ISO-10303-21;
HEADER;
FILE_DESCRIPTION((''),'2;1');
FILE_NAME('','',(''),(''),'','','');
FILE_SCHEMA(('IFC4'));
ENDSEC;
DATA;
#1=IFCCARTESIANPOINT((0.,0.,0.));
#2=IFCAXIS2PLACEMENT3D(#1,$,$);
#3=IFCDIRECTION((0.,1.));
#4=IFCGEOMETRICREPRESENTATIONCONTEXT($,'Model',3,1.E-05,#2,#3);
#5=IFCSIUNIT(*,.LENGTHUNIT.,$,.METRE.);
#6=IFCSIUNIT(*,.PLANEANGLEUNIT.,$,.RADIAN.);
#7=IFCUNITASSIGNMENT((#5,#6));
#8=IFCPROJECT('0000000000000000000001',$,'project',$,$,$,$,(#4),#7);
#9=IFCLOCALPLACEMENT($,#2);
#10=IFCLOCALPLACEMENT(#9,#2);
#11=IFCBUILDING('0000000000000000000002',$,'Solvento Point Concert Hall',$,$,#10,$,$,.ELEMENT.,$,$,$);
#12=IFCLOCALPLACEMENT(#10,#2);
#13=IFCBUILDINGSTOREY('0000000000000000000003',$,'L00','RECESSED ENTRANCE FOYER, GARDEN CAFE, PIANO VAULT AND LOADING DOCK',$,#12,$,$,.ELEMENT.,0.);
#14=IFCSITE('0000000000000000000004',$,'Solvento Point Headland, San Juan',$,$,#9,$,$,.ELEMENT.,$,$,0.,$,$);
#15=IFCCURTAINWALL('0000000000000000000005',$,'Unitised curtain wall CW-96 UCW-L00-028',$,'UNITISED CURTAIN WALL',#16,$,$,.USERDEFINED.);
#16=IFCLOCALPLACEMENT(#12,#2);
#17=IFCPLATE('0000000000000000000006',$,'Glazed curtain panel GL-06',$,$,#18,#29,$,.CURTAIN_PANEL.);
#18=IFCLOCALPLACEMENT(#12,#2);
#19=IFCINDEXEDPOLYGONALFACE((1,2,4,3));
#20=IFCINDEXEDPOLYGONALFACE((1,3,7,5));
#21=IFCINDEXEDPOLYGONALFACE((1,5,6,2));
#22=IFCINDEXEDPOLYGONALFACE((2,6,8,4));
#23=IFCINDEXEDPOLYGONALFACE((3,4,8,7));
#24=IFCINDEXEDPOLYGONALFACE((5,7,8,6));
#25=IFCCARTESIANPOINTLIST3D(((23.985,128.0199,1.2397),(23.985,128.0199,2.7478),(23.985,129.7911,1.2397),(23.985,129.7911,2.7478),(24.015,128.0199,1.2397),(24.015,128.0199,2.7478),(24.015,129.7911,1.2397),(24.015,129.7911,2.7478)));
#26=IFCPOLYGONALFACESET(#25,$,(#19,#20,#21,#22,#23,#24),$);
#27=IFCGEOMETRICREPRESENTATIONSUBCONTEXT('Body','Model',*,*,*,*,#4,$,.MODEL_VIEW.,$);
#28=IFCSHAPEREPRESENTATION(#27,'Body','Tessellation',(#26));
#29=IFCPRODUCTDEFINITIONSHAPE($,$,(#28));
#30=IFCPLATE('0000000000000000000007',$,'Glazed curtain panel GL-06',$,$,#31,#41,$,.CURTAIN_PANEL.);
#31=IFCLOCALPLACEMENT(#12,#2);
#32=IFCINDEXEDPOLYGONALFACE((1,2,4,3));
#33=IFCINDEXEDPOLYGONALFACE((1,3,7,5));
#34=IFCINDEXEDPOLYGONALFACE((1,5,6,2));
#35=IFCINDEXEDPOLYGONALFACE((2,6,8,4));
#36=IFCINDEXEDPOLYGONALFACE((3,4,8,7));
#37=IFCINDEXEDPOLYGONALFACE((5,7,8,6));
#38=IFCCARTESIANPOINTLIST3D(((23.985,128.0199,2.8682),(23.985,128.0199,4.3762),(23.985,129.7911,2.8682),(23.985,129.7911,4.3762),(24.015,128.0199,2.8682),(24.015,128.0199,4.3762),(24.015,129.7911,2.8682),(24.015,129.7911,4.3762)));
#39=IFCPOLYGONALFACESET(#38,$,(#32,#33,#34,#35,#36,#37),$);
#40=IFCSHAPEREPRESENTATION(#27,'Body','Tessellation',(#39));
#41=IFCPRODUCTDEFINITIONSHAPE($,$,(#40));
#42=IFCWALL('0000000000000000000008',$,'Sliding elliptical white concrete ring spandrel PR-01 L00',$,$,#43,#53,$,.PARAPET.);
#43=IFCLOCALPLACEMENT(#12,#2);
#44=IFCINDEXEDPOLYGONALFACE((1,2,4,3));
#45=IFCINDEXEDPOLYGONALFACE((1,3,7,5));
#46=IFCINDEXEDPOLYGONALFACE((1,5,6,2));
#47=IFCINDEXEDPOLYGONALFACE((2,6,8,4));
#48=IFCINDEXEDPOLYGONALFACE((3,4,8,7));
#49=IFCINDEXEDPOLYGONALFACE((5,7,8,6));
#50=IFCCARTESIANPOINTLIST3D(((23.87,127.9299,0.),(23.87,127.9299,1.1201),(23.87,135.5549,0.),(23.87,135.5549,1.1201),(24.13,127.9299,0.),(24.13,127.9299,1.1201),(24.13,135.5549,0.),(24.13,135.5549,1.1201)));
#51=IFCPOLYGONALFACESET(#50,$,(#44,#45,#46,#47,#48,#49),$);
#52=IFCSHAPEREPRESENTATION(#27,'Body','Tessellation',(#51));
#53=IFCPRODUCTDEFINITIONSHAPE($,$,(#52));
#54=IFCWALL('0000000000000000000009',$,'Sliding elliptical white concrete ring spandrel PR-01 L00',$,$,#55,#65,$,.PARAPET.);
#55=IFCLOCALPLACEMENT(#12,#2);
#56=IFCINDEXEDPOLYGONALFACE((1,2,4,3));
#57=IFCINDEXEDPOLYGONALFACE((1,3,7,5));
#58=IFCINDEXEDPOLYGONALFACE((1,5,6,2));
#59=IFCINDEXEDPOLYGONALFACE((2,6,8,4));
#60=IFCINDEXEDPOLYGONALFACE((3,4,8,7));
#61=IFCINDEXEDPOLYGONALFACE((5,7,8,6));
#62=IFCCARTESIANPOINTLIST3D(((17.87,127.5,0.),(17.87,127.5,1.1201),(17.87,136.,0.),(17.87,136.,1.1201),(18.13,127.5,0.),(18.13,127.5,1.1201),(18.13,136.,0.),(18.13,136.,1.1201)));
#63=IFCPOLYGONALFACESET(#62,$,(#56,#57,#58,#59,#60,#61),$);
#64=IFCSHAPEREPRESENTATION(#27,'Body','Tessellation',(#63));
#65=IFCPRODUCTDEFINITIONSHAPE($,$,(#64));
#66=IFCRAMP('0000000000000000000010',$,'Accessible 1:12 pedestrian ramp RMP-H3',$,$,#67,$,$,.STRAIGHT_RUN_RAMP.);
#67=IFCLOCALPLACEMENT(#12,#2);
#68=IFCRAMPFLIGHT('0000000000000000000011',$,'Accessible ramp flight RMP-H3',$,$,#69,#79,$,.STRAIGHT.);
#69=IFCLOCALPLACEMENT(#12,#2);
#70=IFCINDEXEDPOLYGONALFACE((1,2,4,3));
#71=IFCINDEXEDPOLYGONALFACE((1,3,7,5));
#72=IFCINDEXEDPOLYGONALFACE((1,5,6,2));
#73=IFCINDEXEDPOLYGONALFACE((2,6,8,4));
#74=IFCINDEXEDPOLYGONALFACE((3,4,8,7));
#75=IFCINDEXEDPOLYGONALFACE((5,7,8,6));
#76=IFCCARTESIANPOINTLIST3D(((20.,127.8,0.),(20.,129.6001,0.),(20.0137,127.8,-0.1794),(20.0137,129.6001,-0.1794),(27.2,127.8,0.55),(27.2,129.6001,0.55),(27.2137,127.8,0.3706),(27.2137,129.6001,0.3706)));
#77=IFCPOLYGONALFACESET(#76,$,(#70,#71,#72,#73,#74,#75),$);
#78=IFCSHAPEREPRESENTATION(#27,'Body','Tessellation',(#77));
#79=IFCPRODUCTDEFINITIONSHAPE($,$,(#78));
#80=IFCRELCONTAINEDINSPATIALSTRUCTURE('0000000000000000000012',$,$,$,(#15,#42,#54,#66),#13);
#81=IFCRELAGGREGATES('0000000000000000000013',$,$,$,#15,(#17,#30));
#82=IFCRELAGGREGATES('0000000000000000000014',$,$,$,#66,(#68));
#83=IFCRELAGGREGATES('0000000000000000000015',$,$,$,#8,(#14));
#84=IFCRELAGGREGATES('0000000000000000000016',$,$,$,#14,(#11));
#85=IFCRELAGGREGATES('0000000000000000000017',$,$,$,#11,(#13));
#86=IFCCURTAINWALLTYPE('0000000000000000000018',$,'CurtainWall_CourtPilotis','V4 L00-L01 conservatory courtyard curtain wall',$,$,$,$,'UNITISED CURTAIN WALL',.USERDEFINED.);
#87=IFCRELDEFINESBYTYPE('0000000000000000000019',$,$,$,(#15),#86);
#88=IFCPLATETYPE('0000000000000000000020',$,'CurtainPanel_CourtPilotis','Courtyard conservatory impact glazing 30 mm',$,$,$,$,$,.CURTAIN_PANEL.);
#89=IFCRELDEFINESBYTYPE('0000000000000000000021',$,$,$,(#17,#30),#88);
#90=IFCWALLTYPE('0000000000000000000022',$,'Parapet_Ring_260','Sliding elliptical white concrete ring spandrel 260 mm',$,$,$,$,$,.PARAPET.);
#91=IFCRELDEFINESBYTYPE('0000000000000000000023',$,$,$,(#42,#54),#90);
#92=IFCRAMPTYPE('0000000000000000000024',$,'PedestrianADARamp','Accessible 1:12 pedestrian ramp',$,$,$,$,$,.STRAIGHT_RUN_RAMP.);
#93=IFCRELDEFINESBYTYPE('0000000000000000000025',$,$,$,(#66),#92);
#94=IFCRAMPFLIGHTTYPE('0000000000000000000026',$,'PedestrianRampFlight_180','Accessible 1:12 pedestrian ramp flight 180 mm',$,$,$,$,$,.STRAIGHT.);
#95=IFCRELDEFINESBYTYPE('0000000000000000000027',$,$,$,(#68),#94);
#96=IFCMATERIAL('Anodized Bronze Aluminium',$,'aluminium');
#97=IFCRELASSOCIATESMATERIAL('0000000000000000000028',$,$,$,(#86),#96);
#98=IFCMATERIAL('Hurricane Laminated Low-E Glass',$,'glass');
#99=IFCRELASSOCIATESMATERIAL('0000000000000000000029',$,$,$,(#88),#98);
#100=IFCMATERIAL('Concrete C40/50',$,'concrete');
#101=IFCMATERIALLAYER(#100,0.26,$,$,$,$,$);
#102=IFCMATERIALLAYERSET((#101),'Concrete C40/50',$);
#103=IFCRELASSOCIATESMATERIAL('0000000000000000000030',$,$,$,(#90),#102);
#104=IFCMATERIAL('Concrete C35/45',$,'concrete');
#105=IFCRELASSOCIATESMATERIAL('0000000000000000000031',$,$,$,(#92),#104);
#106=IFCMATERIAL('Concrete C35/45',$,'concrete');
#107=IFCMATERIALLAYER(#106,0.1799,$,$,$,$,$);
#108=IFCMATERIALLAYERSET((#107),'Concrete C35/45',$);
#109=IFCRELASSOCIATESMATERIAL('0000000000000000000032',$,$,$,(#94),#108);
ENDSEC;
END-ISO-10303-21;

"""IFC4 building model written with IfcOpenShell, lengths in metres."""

from ifc_helpers import new_model, si_unit, direction, frame, frame_2d, origin, origin_2d, place, context, subcontext, project, spatial, polyline, rectangle, outline, extrude, material, layer, layer_set, type_object, element, aggregate, save


model = new_model("IFC4")

# Units and contexts
model_context = context("Model", 3, precision=1e-05, world=origin(), true_north=direction((0.0, 1.0)))
body_context = subcontext(model_context, "Body", "Model", "MODEL_VIEW")
ifc_project = project(units=[si_unit("LENGTHUNIT", "METRE"), si_unit("PLANEANGLEUNIT", "RADIAN")], contexts=[model_context])

# Site, building, storey
site_placement = place(None, origin())
site = spatial("IfcSite", under=ifc_project, at=site_placement, Name="Solvento Point Headland, San Juan", CompositionType="ELEMENT", RefElevation=0.0)
building_placement = place(site_placement, origin())
building = spatial("IfcBuilding", under=site, at=building_placement, Name="Solvento Point Concert Hall", CompositionType="ELEMENT")
storey_placement = place(building_placement, origin())
storey = spatial("IfcBuildingStorey", under=building, at=storey_placement, Name="L00", Description="RECESSED ENTRANCE FOYER, GARDEN CAFE, PIANO VAULT AND LOADING DOCK", CompositionType="ELEMENT", Elevation=0.0)

# Shared definitions
ifc_material_1 = material(Name="Anodized Bronze Aluminium", Category="aluminium")
curtain_wall_type = type_object("IfcCurtainWallType", Name="CurtainWall_CourtPilotis", Description="V4 L00-L01 conservatory courtyard curtain wall", ElementType="UNITISED CURTAIN WALL", PredefinedType="USERDEFINED", material=ifc_material_1)

# Curtain wall
curtain_wall_1_placement = place(storey_placement, origin())
curtain_wall_1 = element("IfcCurtainWall", 1, at=curtain_wall_1_placement, inside=storey, type_object=curtain_wall_type, Name="Unitised curtain wall CW-96 UCW-L00-028", ObjectType="UNITISED CURTAIN WALL", PredefinedType="USERDEFINED")

# Plates
ifc_material_2 = material(Name="Hurricane Laminated Low-E Glass", Category="glass")
plate_type = type_object("IfcPlateType", Name="CurtainPanel_CourtPilotis", Description="Courtyard conservatory impact glazing 30 mm", PredefinedType="CURTAIN_PANEL", material=ifc_material_2)
plate_1_placement = place(storey_placement, frame((24.0, 128.9055, 1.2397), z_axis=(0.0, 0.0, 1.0), x_axis=(0.0, 1.0, 0.0)))
plate_1 = element("IfcPlate", 2, at=plate_1_placement, type_object=plate_type, Name="Glazed curtain panel GL-06", PredefinedType="CURTAIN_PANEL", context=body_context, shape_type="SweptSolid", body=[
    extrude(rectangle(XDim=1.7712, YDim=0.03, at=origin_2d()), origin(), (0.0, 0.0, 1.0), 1.5081),
])
plate_2_placement = place(storey_placement, frame((24.0, 128.9055, 2.8682), z_axis=(0.0, 0.0, 1.0), x_axis=(0.0, 1.0, 0.0)))
plate_2 = element("IfcPlate", 3, at=plate_2_placement, type_object=plate_type, Name="Glazed curtain panel GL-06", PredefinedType="CURTAIN_PANEL", context=body_context, shape_type="SweptSolid", body=[
    extrude(rectangle(XDim=1.7712, YDim=0.03, at=origin_2d()), origin(), (0.0, 0.0, 1.0), 1.5081),
])
aggregate(curtain_wall_1, [plate_1, plate_2])

# Walls
ifc_material_3 = material(Name="Concrete C40/50", Category="concrete")
ifc_layer_1 = layer(ifc_material_3, 0.26)
ifc_layer_set_1 = layer_set([ifc_layer_1], Name="Concrete C40/50")
wall_type = type_object("IfcWallType", Name="Parapet_Ring_260", Description="Sliding elliptical white concrete ring spandrel 260 mm", PredefinedType="PARAPET", material=ifc_layer_set_1)
wall_1_placement = place(storey_placement, frame((24.0, 127.9299, 0.0), z_axis=(0.0, 0.0, 1.0), x_axis=(0.0, 1.0, 0.0)))
element("IfcWall", 4, at=wall_1_placement, inside=storey, type_object=wall_type, Name="Sliding elliptical white concrete ring spandrel PR-01 L00", PredefinedType="PARAPET", context=body_context, shape_type="SweptSolid", body=[
    extrude(rectangle(XDim=7.625, YDim=0.26, at=frame_2d((3.8125, 0.0))), origin(), (0.0, 0.0, 1.0), 1.1201),
])
wall_2_placement = place(storey_placement, frame((18.0, 136.0, 0.0), z_axis=(0.0, 0.0, 1.0), x_axis=(0.0, -1.0, 0.0)))
element("IfcWall", 5, at=wall_2_placement, inside=storey, type_object=wall_type, Name="Sliding elliptical white concrete ring spandrel PR-01 L00", PredefinedType="PARAPET", context=body_context, shape_type="SweptSolid", body=[
    extrude(rectangle(XDim=8.5, YDim=0.26, at=frame_2d((4.25, 0.0))), origin(), (0.0, 0.0, 1.0), 1.1201),
])

# Ramp, ramp flight
ifc_material_4 = material(Name="Concrete C35/45", Category="concrete")
ramp_type = type_object("IfcRampType", Name="PedestrianADARamp", Description="Accessible 1:12 pedestrian ramp", PredefinedType="STRAIGHT_RUN_RAMP", material=ifc_material_4)
ramp_placement = place(storey_placement, origin())
ramp = element("IfcRamp", 6, at=ramp_placement, inside=storey, type_object=ramp_type, Name="Accessible 1:12 pedestrian ramp RMP-H3", PredefinedType="STRAIGHT_RUN_RAMP")
ifc_material_5 = material(Name="Concrete C35/45", Category="concrete")
ifc_layer_2 = layer(ifc_material_5, 0.1799)
ifc_layer_set_2 = layer_set([ifc_layer_2], Name="Concrete C35/45")
ramp_flight_type = type_object("IfcRampFlightType", Name="PedestrianRampFlight_180", Description="Accessible 1:12 pedestrian ramp flight 180 mm", PredefinedType="STRAIGHT", material=ifc_layer_set_2)
ramp_flight_placement = place(storey_placement, frame((20.0, 127.8, 0.0), z_axis=(-0.076174, 0.0, 0.997095), x_axis=(0.997095, 0.0, 0.076174)))
ramp_flight = element("IfcRampFlight", 7, at=ramp_flight_placement, type_object=ramp_flight_type, Name="Accessible ramp flight RMP-H3", PredefinedType="STRAIGHT", context=body_context, shape_type="SweptSolid", body=[
    extrude(outline(polyline([(0.0, 0.0), (7.2209, 0.0), (7.2209, 1.8), (0.0, 1.8), (0.0, 0.0)])), origin(), (0.0, 0.0, -1.0), 0.1799),
])
aggregate(ramp, [ramp_flight])

save(model, "model.ifc")
